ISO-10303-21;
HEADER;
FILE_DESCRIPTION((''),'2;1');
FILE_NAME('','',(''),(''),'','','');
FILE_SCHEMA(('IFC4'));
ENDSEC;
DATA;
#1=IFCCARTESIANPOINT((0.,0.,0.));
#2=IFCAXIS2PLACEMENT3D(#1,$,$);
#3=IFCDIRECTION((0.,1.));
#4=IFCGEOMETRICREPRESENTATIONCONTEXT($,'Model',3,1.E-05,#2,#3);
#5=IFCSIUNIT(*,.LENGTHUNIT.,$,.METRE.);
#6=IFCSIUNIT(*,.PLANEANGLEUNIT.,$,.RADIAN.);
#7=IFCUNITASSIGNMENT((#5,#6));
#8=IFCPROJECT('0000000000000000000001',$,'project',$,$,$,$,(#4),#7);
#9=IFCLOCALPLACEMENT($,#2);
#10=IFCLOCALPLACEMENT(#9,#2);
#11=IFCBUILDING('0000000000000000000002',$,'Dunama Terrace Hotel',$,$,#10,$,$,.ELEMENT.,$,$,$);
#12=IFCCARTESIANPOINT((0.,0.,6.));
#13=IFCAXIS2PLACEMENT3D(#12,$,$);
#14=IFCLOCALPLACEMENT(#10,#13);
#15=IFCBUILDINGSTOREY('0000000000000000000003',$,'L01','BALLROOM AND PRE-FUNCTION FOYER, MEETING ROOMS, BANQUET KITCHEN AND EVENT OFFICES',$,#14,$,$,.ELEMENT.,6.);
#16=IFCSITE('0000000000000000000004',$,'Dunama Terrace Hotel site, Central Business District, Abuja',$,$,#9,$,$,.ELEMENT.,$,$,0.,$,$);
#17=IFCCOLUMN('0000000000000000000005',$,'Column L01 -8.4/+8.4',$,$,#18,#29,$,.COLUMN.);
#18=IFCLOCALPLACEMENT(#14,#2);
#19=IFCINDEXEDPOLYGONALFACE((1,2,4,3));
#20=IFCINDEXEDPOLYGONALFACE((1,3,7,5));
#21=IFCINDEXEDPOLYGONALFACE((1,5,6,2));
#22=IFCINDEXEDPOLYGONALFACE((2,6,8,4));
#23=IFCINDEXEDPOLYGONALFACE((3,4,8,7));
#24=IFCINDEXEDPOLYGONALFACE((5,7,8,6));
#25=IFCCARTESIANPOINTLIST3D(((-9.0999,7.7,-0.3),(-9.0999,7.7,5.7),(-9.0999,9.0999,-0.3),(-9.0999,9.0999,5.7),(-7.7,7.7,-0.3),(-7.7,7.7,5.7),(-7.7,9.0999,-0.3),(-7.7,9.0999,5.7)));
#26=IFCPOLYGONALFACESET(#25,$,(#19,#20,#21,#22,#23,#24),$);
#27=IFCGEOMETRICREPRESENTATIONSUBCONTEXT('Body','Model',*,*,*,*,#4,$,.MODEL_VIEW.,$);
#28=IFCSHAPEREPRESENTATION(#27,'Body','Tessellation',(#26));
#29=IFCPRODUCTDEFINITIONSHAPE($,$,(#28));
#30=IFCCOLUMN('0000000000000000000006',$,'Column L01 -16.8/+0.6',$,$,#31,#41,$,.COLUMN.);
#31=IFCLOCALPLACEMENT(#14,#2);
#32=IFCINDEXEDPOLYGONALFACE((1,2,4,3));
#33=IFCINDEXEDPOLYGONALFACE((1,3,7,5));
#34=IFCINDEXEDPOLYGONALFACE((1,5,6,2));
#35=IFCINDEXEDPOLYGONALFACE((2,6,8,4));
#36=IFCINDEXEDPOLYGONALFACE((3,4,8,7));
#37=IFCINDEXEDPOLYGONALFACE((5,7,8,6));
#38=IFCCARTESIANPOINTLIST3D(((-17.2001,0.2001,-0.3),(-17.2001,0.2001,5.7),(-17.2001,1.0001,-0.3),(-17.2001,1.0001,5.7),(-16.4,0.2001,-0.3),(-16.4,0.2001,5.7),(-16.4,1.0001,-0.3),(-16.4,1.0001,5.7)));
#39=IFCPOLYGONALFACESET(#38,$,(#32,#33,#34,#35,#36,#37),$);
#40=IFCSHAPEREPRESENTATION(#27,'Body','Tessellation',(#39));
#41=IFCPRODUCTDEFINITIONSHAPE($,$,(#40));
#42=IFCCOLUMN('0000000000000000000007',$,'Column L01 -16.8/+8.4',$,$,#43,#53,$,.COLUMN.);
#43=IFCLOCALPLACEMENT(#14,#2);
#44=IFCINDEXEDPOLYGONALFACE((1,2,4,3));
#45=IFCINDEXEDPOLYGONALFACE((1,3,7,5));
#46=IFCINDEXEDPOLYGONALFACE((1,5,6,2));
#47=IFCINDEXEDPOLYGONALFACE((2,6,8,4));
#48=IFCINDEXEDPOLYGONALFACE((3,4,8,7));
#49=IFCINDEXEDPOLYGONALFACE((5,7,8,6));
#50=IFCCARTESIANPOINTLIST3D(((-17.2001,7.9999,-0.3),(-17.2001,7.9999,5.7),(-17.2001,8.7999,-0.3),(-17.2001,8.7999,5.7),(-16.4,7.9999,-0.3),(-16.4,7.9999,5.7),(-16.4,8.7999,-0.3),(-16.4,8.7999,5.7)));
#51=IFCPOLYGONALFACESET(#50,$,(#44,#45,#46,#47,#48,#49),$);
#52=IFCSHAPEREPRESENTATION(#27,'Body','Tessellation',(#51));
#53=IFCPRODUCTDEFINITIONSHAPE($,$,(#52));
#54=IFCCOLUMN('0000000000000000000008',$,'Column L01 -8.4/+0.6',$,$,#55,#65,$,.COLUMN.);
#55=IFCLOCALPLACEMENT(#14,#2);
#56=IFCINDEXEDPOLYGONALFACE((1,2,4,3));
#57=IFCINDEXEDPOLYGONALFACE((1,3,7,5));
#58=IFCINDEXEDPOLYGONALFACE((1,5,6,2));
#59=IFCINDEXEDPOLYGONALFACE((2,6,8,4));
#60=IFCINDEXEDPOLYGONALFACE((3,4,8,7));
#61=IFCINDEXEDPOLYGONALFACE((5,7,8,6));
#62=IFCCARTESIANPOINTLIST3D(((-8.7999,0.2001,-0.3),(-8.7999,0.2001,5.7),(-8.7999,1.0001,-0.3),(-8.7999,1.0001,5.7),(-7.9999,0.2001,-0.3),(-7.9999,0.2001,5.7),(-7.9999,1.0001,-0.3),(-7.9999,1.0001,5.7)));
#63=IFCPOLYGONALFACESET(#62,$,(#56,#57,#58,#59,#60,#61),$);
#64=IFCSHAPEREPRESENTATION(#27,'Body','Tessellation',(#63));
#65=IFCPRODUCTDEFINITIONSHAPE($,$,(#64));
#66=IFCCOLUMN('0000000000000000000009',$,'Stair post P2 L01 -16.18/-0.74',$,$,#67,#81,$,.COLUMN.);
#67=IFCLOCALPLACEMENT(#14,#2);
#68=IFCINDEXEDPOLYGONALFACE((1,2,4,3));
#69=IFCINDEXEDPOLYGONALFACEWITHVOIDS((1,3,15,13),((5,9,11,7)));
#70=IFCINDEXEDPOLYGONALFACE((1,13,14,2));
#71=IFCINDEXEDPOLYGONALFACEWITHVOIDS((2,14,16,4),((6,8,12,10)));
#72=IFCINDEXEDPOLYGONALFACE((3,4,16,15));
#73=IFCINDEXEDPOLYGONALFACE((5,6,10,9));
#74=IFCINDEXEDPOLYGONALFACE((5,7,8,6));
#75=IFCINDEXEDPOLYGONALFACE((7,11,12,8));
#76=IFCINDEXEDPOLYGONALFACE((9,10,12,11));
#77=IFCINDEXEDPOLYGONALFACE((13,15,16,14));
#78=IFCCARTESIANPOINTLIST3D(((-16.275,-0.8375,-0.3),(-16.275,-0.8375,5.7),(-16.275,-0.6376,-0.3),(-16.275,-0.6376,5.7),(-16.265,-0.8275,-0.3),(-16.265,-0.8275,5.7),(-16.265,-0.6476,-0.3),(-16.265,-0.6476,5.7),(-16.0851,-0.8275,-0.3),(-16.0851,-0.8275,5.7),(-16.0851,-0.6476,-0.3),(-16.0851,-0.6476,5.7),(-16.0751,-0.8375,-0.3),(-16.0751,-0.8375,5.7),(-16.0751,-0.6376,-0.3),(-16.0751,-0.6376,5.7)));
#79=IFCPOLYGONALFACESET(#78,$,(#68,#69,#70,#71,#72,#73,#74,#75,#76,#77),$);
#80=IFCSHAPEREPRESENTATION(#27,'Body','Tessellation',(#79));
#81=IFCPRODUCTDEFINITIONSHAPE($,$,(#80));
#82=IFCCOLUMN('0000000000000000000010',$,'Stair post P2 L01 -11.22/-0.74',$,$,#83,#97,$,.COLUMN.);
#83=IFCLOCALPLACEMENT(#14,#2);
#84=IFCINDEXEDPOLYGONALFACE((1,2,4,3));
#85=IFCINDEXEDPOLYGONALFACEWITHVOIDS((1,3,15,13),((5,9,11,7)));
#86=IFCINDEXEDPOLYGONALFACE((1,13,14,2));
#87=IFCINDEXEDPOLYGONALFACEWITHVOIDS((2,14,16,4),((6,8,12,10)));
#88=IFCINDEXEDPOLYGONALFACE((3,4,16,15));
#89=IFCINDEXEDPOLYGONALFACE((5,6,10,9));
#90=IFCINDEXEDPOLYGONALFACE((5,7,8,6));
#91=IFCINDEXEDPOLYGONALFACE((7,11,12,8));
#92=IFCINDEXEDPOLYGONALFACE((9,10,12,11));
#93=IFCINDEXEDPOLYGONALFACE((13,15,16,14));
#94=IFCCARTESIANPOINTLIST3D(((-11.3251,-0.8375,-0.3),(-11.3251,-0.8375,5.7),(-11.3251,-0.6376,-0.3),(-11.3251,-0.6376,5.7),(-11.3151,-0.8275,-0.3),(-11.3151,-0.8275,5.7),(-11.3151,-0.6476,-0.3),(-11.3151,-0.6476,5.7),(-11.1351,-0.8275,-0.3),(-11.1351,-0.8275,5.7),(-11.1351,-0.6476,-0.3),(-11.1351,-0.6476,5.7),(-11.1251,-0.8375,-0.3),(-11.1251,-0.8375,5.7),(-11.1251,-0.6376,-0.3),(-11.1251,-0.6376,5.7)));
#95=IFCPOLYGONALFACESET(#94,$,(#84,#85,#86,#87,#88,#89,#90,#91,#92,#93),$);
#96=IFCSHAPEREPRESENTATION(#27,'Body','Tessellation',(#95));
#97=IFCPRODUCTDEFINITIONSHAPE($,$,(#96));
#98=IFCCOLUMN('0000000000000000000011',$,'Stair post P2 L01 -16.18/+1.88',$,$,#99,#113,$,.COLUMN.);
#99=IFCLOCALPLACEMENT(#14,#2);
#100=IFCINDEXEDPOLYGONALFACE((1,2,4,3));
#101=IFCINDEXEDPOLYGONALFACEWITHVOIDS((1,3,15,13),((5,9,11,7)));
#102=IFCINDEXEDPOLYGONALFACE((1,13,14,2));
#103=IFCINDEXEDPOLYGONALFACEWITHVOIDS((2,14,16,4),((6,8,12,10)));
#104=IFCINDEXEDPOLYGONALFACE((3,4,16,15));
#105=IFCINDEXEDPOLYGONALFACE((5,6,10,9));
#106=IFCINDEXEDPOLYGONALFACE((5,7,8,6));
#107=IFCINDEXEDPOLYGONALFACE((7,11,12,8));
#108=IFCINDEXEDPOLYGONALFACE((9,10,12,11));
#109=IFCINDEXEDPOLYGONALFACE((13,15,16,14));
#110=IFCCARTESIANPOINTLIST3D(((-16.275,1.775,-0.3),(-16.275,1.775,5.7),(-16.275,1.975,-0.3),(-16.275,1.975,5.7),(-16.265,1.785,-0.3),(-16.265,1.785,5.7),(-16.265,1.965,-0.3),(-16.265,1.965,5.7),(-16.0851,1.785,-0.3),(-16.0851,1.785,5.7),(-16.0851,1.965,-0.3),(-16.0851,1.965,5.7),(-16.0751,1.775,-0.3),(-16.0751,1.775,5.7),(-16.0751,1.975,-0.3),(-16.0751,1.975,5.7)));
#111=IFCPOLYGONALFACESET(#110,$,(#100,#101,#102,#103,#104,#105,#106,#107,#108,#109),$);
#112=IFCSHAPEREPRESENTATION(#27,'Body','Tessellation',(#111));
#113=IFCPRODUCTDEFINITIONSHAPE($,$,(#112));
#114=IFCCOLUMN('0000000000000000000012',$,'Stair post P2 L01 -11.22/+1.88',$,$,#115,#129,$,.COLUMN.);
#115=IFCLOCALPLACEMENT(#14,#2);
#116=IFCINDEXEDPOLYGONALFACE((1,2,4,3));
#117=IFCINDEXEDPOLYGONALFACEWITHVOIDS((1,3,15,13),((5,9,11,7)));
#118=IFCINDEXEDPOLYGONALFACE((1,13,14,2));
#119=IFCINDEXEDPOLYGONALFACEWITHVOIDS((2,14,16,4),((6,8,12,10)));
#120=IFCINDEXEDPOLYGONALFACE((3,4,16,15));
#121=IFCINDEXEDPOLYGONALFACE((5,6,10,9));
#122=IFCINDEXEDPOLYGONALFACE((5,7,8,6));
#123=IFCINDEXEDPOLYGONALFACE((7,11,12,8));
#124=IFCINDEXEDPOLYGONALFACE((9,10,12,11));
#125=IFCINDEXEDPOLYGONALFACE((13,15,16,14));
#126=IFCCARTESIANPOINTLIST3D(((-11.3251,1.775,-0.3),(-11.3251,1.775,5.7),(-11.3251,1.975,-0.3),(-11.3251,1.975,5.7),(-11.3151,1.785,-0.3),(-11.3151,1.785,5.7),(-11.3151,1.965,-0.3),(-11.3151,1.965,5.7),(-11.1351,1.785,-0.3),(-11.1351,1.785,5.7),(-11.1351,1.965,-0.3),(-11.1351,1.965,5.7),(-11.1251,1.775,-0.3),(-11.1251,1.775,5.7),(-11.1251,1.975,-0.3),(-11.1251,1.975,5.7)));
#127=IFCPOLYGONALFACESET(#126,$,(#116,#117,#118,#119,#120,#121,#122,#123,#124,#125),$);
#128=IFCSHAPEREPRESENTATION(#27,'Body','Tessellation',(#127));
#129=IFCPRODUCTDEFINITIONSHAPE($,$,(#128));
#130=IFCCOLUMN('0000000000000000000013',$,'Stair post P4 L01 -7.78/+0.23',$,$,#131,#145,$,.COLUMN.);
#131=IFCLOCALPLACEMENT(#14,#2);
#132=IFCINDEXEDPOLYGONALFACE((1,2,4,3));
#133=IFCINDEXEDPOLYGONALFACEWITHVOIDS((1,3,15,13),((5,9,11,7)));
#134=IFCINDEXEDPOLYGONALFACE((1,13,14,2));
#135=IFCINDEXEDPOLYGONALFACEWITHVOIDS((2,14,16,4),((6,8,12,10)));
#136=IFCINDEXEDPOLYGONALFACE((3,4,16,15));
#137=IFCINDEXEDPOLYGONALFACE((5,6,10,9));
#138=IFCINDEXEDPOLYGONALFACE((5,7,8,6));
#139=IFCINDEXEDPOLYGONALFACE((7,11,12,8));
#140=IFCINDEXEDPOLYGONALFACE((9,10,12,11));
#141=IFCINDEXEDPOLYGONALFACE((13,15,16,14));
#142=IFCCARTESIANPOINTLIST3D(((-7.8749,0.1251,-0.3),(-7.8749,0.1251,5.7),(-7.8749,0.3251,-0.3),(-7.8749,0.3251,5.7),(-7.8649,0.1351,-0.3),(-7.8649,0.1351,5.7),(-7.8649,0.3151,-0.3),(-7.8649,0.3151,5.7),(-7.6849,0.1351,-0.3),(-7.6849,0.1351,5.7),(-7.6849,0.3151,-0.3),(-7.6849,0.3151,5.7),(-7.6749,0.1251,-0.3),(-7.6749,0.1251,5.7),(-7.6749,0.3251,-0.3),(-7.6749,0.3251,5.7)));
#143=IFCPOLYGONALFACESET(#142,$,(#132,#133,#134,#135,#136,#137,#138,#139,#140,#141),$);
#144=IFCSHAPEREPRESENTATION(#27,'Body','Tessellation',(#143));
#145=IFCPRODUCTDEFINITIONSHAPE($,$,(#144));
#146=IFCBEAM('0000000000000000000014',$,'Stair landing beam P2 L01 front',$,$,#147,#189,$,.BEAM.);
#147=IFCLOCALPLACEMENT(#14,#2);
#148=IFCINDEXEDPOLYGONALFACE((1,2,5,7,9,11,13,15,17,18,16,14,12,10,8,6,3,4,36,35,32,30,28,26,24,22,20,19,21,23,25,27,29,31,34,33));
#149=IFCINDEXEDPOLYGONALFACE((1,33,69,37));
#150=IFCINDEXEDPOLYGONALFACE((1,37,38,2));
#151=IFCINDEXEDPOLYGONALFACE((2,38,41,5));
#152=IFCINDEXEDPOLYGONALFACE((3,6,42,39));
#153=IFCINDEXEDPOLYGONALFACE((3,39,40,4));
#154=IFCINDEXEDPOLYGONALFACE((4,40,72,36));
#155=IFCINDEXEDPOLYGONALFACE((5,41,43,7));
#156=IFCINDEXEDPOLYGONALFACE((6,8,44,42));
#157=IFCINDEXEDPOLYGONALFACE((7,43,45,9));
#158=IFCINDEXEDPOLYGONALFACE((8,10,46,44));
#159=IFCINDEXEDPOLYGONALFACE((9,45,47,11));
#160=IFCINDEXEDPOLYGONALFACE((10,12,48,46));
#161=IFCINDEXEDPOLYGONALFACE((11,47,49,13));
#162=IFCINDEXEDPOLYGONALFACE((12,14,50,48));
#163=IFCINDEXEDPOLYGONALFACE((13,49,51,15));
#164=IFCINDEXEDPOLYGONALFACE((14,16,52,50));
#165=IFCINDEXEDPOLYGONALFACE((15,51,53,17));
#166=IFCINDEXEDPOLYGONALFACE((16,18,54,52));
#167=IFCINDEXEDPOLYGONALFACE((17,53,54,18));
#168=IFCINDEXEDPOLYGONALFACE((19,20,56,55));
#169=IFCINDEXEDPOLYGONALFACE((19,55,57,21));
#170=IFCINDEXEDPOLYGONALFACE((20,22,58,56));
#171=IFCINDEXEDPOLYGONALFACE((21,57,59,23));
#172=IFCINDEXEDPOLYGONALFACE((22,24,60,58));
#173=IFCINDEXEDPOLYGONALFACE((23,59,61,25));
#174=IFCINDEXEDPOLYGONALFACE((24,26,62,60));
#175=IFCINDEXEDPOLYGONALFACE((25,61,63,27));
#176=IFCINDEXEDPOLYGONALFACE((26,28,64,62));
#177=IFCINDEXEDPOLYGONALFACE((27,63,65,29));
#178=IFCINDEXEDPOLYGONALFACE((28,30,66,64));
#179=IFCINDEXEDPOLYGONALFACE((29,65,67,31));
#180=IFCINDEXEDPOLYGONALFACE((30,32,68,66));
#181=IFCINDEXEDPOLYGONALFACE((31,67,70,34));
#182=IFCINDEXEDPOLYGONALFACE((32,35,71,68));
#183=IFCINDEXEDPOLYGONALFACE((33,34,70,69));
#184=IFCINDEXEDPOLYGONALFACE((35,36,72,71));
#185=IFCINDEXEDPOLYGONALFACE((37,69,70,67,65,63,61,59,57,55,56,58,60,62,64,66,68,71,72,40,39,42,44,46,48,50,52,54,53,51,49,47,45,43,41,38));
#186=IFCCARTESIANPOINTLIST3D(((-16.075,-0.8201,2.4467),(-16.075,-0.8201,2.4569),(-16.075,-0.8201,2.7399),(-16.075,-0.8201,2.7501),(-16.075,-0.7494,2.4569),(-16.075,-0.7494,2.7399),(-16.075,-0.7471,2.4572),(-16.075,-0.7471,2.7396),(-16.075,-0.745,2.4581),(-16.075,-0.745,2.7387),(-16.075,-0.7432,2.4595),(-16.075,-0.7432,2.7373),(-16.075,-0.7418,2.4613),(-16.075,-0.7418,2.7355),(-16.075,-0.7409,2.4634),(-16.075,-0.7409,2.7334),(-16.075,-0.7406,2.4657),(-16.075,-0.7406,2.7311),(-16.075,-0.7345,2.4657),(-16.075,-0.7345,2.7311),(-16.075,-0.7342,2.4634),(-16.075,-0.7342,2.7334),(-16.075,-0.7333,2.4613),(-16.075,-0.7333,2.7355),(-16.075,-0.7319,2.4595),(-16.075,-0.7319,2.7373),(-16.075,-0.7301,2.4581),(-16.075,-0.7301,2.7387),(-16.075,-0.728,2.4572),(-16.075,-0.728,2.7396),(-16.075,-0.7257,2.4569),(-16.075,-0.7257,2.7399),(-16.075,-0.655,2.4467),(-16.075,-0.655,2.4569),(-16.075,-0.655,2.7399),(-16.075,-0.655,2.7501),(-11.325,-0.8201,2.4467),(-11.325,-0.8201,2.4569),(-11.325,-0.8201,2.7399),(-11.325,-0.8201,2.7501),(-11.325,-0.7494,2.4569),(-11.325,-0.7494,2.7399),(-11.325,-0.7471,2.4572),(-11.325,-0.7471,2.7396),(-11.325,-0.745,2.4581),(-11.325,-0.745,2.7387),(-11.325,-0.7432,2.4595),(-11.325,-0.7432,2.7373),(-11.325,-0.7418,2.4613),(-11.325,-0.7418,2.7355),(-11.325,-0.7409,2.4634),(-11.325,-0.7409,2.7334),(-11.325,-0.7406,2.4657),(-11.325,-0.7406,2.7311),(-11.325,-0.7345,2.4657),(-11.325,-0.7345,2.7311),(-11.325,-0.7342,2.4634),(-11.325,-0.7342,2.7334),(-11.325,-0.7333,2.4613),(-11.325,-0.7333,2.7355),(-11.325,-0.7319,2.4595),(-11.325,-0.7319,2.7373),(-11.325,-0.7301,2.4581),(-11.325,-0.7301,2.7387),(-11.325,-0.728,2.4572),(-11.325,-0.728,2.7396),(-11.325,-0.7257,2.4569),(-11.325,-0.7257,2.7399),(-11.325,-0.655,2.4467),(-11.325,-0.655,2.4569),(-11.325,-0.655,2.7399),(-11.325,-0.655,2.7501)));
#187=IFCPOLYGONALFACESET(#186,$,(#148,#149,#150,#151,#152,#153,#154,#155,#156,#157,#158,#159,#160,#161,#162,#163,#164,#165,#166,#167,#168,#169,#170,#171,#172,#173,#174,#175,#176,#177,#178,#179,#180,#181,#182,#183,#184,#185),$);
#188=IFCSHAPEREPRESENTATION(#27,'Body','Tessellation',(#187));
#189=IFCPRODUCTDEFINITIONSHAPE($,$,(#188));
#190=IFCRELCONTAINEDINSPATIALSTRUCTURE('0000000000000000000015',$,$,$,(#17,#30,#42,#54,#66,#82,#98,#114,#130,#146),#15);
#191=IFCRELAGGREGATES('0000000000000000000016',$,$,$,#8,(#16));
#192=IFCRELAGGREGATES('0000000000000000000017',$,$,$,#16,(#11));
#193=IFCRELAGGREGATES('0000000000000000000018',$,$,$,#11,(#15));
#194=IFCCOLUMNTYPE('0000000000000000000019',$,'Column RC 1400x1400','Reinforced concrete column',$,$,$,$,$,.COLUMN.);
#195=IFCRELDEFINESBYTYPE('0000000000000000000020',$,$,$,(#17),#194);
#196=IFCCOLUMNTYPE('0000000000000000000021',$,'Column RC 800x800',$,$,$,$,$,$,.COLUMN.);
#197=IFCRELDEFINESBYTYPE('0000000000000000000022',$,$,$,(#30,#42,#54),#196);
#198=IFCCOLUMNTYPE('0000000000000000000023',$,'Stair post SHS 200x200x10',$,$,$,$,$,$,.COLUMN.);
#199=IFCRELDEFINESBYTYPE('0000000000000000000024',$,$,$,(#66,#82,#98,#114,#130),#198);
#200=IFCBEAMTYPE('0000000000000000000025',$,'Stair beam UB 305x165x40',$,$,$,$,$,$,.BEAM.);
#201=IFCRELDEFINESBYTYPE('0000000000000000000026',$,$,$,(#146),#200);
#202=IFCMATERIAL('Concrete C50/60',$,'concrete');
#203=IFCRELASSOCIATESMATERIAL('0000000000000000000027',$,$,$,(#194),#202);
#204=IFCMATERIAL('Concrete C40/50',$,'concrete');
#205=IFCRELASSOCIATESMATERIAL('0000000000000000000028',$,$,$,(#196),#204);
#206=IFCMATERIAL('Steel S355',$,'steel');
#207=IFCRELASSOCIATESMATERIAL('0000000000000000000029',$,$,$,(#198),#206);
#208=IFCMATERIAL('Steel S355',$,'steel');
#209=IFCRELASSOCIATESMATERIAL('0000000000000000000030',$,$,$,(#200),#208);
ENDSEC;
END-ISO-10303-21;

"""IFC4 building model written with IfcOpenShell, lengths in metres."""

from ifc_helpers import new_model, si_unit, direction, frame, origin, origin_2d, place, context, subcontext, project, spatial, rectangle, hollow_rectangle, i_section, extrude, material, material_profile, profile_set, type_object, element, save


model = new_model("IFC4")

# Units and contexts
model_context = context("Model", 3, precision=1e-05, world=origin(), true_north=direction((0.0, 1.0)))
body_context = subcontext(model_context, "Body", "Model", "MODEL_VIEW")
ifc_project = project(units=[si_unit("LENGTHUNIT", "METRE"), si_unit("PLANEANGLEUNIT", "RADIAN")], contexts=[model_context])

# Site, building, storey
site_placement = place(None, origin())
site = spatial("IfcSite", under=ifc_project, at=site_placement, Name="Dunama Terrace Hotel site, Central Business District, Abuja", CompositionType="ELEMENT", RefElevation=0.0)
building_placement = place(site_placement, origin())
building = spatial("IfcBuilding", under=site, at=building_placement, Name="Dunama Terrace Hotel", CompositionType="ELEMENT")
storey_placement = place(building_placement, frame((0.0, 0.0, 6.0)))
storey = spatial("IfcBuildingStorey", under=building, at=storey_placement, Name="L01", Description="BALLROOM AND PRE-FUNCTION FOYER, MEETING ROOMS, BANQUET KITCHEN AND EVENT OFFICES", CompositionType="ELEMENT", Elevation=6.0)

# Columns
ifc_material_1 = material(Name="Concrete C50/60", Category="concrete")
ifc_material_profile_1 = material_profile(ifc_material_1, rectangle(XDim=1.3999, YDim=1.3999, at=origin_2d()), Name="RC 1400x1400")
ifc_profile_set_1 = profile_set([ifc_material_profile_1], Name="Concrete C50/60")
column_type_1 = type_object("IfcColumnType", Name="Column RC 1400x1400", Description="Reinforced concrete column", PredefinedType="COLUMN", material=ifc_profile_set_1)
column_placement = place(storey_placement, frame((-8.3999, 8.3999, -0.3), z_axis=(0.0, 0.0, 1.0), x_axis=(1.0, 0.0, 0.0)))
element("IfcColumn", 1, at=column_placement, inside=storey, type_object=column_type_1, Name="Column L01 -8.4/+8.4", PredefinedType="COLUMN", context=body_context, shape_type="SweptSolid", body=[
    extrude(rectangle(XDim=1.3999, YDim=1.3999, at=origin_2d()), origin(), (0.0, 0.0, 1.0), 6.0),
])
ifc_material_2 = material(Name="Concrete C40/50", Category="concrete")
ifc_material_profile_2 = material_profile(ifc_material_2, rectangle(XDim=0.8, YDim=0.8, at=origin_2d()), Name="RC 800x800")
ifc_profile_set_2 = profile_set([ifc_material_profile_2], Name="Concrete C40/50")
column_type_2 = type_object("IfcColumnType", Name="Column RC 800x800", PredefinedType="COLUMN", material=ifc_profile_set_2)
for number, where, z_axis, x_axis, name in (
    (2, (-16.8, 0.6001, -0.3), (0.0, 0.0, 1.0), (1.0, 0.0, 0.0), "Column L01 -16.8/+0.6"),
    (3, (-16.8, 8.3999, -0.3), (0.0, 0.0, 1.0), (1.0, 0.0, 0.0), "Column L01 -16.8/+8.4"),
    (4, (-8.3999, 0.6001, -0.3), (0.0, 0.0, 1.0), (1.0, 0.0, 0.0), "Column L01 -8.4/+0.6"),
):
    element("IfcColumn", number, at=place(storey_placement, frame(where, z_axis=z_axis, x_axis=x_axis)), inside=storey, type_object=column_type_2, Name=name, PredefinedType="COLUMN", context=body_context, shape_type="SweptSolid", body=[
        extrude(rectangle(XDim=0.8, YDim=0.8, at=origin_2d()), origin(), (0.0, 0.0, 1.0), 6.0),
    ])
ifc_material_3 = material(Name="Steel S355", Category="steel")
ifc_material_profile_3 = material_profile(ifc_material_3, hollow_rectangle(XDim=0.2, YDim=0.2, WallThickness=0.01, at=origin_2d()), Name="SHS 200x200x10")
ifc_profile_set_3 = profile_set([ifc_material_profile_3], Name="Steel S355")
column_type_3 = type_object("IfcColumnType", Name="Stair post SHS 200x200x10", PredefinedType="COLUMN", material=ifc_profile_set_3)
for number, where, z_axis, x_axis, name in (
    (5, (-16.175, -0.7375, -0.3), (0.0, 0.0, 1.0), (1.0, 0.0, 0.0), "Stair post P2 L01 -16.18/-0.74"),
    (6, (-11.2251, -0.7375, -0.3), (0.0, 0.0, 1.0), (1.0, 0.0, 0.0), "Stair post P2 L01 -11.22/-0.74"),
    (7, (-16.175, 1.875, -0.3), (0.0, 0.0, 1.0), (1.0, 0.0, 0.0), "Stair post P2 L01 -16.18/+1.88"),
    (8, (-11.2251, 1.875, -0.3), (0.0, 0.0, 1.0), (1.0, 0.0, 0.0), "Stair post P2 L01 -11.22/+1.88"),
    (9, (-7.7749, 0.2251, -0.3), (0.0, 0.0, 1.0), (1.0, 0.0, 0.0), "Stair post P4 L01 -7.78/+0.23"),
):
    element("IfcColumn", number, at=place(storey_placement, frame(where, z_axis=z_axis, x_axis=x_axis)), inside=storey, type_object=column_type_3, Name=name, PredefinedType="COLUMN", context=body_context, shape_type="SweptSolid", body=[
        extrude(hollow_rectangle(XDim=0.2, YDim=0.2, WallThickness=0.01, at=origin_2d()), origin(), (0.0, 0.0, 1.0), 6.0),
    ])

# Beam
ifc_material_4 = material(Name="Steel S355", Category="steel")
ifc_material_profile_4 = material_profile(ifc_material_4, i_section(OverallWidth=0.165, OverallDepth=0.3035, WebThickness=0.0061, FlangeThickness=0.0103, FilletRadius=0.0088, at=origin_2d()), Name="UB 305x165x40")
ifc_profile_set_4 = profile_set([ifc_material_profile_4], Name="Steel S355")
beam_type = type_object("IfcBeamType", Name="Stair beam UB 305x165x40", PredefinedType="BEAM", material=ifc_profile_set_4)
for number, where, z_axis, x_axis, name in (
    (10, (-16.075, -0.7375, 2.5984), (1.0, 0.0, 0.0), (0.0, 1.0, 0.0), "Stair landing beam P2 L01 front"),
):
    element("IfcBeam", number, at=place(storey_placement, frame(where, z_axis=z_axis, x_axis=x_axis)), inside=storey, type_object=beam_type, Name=name, PredefinedType="BEAM", context=body_context, shape_type="SweptSolid", body=[
        extrude(i_section(OverallWidth=0.165, OverallDepth=0.3035, WebThickness=0.0061, FlangeThickness=0.0103, FilletRadius=0.0088, at=origin_2d()), origin(), (0.0, 0.0, 1.0), 4.75),
    ])

save(model, "model.ifc")
